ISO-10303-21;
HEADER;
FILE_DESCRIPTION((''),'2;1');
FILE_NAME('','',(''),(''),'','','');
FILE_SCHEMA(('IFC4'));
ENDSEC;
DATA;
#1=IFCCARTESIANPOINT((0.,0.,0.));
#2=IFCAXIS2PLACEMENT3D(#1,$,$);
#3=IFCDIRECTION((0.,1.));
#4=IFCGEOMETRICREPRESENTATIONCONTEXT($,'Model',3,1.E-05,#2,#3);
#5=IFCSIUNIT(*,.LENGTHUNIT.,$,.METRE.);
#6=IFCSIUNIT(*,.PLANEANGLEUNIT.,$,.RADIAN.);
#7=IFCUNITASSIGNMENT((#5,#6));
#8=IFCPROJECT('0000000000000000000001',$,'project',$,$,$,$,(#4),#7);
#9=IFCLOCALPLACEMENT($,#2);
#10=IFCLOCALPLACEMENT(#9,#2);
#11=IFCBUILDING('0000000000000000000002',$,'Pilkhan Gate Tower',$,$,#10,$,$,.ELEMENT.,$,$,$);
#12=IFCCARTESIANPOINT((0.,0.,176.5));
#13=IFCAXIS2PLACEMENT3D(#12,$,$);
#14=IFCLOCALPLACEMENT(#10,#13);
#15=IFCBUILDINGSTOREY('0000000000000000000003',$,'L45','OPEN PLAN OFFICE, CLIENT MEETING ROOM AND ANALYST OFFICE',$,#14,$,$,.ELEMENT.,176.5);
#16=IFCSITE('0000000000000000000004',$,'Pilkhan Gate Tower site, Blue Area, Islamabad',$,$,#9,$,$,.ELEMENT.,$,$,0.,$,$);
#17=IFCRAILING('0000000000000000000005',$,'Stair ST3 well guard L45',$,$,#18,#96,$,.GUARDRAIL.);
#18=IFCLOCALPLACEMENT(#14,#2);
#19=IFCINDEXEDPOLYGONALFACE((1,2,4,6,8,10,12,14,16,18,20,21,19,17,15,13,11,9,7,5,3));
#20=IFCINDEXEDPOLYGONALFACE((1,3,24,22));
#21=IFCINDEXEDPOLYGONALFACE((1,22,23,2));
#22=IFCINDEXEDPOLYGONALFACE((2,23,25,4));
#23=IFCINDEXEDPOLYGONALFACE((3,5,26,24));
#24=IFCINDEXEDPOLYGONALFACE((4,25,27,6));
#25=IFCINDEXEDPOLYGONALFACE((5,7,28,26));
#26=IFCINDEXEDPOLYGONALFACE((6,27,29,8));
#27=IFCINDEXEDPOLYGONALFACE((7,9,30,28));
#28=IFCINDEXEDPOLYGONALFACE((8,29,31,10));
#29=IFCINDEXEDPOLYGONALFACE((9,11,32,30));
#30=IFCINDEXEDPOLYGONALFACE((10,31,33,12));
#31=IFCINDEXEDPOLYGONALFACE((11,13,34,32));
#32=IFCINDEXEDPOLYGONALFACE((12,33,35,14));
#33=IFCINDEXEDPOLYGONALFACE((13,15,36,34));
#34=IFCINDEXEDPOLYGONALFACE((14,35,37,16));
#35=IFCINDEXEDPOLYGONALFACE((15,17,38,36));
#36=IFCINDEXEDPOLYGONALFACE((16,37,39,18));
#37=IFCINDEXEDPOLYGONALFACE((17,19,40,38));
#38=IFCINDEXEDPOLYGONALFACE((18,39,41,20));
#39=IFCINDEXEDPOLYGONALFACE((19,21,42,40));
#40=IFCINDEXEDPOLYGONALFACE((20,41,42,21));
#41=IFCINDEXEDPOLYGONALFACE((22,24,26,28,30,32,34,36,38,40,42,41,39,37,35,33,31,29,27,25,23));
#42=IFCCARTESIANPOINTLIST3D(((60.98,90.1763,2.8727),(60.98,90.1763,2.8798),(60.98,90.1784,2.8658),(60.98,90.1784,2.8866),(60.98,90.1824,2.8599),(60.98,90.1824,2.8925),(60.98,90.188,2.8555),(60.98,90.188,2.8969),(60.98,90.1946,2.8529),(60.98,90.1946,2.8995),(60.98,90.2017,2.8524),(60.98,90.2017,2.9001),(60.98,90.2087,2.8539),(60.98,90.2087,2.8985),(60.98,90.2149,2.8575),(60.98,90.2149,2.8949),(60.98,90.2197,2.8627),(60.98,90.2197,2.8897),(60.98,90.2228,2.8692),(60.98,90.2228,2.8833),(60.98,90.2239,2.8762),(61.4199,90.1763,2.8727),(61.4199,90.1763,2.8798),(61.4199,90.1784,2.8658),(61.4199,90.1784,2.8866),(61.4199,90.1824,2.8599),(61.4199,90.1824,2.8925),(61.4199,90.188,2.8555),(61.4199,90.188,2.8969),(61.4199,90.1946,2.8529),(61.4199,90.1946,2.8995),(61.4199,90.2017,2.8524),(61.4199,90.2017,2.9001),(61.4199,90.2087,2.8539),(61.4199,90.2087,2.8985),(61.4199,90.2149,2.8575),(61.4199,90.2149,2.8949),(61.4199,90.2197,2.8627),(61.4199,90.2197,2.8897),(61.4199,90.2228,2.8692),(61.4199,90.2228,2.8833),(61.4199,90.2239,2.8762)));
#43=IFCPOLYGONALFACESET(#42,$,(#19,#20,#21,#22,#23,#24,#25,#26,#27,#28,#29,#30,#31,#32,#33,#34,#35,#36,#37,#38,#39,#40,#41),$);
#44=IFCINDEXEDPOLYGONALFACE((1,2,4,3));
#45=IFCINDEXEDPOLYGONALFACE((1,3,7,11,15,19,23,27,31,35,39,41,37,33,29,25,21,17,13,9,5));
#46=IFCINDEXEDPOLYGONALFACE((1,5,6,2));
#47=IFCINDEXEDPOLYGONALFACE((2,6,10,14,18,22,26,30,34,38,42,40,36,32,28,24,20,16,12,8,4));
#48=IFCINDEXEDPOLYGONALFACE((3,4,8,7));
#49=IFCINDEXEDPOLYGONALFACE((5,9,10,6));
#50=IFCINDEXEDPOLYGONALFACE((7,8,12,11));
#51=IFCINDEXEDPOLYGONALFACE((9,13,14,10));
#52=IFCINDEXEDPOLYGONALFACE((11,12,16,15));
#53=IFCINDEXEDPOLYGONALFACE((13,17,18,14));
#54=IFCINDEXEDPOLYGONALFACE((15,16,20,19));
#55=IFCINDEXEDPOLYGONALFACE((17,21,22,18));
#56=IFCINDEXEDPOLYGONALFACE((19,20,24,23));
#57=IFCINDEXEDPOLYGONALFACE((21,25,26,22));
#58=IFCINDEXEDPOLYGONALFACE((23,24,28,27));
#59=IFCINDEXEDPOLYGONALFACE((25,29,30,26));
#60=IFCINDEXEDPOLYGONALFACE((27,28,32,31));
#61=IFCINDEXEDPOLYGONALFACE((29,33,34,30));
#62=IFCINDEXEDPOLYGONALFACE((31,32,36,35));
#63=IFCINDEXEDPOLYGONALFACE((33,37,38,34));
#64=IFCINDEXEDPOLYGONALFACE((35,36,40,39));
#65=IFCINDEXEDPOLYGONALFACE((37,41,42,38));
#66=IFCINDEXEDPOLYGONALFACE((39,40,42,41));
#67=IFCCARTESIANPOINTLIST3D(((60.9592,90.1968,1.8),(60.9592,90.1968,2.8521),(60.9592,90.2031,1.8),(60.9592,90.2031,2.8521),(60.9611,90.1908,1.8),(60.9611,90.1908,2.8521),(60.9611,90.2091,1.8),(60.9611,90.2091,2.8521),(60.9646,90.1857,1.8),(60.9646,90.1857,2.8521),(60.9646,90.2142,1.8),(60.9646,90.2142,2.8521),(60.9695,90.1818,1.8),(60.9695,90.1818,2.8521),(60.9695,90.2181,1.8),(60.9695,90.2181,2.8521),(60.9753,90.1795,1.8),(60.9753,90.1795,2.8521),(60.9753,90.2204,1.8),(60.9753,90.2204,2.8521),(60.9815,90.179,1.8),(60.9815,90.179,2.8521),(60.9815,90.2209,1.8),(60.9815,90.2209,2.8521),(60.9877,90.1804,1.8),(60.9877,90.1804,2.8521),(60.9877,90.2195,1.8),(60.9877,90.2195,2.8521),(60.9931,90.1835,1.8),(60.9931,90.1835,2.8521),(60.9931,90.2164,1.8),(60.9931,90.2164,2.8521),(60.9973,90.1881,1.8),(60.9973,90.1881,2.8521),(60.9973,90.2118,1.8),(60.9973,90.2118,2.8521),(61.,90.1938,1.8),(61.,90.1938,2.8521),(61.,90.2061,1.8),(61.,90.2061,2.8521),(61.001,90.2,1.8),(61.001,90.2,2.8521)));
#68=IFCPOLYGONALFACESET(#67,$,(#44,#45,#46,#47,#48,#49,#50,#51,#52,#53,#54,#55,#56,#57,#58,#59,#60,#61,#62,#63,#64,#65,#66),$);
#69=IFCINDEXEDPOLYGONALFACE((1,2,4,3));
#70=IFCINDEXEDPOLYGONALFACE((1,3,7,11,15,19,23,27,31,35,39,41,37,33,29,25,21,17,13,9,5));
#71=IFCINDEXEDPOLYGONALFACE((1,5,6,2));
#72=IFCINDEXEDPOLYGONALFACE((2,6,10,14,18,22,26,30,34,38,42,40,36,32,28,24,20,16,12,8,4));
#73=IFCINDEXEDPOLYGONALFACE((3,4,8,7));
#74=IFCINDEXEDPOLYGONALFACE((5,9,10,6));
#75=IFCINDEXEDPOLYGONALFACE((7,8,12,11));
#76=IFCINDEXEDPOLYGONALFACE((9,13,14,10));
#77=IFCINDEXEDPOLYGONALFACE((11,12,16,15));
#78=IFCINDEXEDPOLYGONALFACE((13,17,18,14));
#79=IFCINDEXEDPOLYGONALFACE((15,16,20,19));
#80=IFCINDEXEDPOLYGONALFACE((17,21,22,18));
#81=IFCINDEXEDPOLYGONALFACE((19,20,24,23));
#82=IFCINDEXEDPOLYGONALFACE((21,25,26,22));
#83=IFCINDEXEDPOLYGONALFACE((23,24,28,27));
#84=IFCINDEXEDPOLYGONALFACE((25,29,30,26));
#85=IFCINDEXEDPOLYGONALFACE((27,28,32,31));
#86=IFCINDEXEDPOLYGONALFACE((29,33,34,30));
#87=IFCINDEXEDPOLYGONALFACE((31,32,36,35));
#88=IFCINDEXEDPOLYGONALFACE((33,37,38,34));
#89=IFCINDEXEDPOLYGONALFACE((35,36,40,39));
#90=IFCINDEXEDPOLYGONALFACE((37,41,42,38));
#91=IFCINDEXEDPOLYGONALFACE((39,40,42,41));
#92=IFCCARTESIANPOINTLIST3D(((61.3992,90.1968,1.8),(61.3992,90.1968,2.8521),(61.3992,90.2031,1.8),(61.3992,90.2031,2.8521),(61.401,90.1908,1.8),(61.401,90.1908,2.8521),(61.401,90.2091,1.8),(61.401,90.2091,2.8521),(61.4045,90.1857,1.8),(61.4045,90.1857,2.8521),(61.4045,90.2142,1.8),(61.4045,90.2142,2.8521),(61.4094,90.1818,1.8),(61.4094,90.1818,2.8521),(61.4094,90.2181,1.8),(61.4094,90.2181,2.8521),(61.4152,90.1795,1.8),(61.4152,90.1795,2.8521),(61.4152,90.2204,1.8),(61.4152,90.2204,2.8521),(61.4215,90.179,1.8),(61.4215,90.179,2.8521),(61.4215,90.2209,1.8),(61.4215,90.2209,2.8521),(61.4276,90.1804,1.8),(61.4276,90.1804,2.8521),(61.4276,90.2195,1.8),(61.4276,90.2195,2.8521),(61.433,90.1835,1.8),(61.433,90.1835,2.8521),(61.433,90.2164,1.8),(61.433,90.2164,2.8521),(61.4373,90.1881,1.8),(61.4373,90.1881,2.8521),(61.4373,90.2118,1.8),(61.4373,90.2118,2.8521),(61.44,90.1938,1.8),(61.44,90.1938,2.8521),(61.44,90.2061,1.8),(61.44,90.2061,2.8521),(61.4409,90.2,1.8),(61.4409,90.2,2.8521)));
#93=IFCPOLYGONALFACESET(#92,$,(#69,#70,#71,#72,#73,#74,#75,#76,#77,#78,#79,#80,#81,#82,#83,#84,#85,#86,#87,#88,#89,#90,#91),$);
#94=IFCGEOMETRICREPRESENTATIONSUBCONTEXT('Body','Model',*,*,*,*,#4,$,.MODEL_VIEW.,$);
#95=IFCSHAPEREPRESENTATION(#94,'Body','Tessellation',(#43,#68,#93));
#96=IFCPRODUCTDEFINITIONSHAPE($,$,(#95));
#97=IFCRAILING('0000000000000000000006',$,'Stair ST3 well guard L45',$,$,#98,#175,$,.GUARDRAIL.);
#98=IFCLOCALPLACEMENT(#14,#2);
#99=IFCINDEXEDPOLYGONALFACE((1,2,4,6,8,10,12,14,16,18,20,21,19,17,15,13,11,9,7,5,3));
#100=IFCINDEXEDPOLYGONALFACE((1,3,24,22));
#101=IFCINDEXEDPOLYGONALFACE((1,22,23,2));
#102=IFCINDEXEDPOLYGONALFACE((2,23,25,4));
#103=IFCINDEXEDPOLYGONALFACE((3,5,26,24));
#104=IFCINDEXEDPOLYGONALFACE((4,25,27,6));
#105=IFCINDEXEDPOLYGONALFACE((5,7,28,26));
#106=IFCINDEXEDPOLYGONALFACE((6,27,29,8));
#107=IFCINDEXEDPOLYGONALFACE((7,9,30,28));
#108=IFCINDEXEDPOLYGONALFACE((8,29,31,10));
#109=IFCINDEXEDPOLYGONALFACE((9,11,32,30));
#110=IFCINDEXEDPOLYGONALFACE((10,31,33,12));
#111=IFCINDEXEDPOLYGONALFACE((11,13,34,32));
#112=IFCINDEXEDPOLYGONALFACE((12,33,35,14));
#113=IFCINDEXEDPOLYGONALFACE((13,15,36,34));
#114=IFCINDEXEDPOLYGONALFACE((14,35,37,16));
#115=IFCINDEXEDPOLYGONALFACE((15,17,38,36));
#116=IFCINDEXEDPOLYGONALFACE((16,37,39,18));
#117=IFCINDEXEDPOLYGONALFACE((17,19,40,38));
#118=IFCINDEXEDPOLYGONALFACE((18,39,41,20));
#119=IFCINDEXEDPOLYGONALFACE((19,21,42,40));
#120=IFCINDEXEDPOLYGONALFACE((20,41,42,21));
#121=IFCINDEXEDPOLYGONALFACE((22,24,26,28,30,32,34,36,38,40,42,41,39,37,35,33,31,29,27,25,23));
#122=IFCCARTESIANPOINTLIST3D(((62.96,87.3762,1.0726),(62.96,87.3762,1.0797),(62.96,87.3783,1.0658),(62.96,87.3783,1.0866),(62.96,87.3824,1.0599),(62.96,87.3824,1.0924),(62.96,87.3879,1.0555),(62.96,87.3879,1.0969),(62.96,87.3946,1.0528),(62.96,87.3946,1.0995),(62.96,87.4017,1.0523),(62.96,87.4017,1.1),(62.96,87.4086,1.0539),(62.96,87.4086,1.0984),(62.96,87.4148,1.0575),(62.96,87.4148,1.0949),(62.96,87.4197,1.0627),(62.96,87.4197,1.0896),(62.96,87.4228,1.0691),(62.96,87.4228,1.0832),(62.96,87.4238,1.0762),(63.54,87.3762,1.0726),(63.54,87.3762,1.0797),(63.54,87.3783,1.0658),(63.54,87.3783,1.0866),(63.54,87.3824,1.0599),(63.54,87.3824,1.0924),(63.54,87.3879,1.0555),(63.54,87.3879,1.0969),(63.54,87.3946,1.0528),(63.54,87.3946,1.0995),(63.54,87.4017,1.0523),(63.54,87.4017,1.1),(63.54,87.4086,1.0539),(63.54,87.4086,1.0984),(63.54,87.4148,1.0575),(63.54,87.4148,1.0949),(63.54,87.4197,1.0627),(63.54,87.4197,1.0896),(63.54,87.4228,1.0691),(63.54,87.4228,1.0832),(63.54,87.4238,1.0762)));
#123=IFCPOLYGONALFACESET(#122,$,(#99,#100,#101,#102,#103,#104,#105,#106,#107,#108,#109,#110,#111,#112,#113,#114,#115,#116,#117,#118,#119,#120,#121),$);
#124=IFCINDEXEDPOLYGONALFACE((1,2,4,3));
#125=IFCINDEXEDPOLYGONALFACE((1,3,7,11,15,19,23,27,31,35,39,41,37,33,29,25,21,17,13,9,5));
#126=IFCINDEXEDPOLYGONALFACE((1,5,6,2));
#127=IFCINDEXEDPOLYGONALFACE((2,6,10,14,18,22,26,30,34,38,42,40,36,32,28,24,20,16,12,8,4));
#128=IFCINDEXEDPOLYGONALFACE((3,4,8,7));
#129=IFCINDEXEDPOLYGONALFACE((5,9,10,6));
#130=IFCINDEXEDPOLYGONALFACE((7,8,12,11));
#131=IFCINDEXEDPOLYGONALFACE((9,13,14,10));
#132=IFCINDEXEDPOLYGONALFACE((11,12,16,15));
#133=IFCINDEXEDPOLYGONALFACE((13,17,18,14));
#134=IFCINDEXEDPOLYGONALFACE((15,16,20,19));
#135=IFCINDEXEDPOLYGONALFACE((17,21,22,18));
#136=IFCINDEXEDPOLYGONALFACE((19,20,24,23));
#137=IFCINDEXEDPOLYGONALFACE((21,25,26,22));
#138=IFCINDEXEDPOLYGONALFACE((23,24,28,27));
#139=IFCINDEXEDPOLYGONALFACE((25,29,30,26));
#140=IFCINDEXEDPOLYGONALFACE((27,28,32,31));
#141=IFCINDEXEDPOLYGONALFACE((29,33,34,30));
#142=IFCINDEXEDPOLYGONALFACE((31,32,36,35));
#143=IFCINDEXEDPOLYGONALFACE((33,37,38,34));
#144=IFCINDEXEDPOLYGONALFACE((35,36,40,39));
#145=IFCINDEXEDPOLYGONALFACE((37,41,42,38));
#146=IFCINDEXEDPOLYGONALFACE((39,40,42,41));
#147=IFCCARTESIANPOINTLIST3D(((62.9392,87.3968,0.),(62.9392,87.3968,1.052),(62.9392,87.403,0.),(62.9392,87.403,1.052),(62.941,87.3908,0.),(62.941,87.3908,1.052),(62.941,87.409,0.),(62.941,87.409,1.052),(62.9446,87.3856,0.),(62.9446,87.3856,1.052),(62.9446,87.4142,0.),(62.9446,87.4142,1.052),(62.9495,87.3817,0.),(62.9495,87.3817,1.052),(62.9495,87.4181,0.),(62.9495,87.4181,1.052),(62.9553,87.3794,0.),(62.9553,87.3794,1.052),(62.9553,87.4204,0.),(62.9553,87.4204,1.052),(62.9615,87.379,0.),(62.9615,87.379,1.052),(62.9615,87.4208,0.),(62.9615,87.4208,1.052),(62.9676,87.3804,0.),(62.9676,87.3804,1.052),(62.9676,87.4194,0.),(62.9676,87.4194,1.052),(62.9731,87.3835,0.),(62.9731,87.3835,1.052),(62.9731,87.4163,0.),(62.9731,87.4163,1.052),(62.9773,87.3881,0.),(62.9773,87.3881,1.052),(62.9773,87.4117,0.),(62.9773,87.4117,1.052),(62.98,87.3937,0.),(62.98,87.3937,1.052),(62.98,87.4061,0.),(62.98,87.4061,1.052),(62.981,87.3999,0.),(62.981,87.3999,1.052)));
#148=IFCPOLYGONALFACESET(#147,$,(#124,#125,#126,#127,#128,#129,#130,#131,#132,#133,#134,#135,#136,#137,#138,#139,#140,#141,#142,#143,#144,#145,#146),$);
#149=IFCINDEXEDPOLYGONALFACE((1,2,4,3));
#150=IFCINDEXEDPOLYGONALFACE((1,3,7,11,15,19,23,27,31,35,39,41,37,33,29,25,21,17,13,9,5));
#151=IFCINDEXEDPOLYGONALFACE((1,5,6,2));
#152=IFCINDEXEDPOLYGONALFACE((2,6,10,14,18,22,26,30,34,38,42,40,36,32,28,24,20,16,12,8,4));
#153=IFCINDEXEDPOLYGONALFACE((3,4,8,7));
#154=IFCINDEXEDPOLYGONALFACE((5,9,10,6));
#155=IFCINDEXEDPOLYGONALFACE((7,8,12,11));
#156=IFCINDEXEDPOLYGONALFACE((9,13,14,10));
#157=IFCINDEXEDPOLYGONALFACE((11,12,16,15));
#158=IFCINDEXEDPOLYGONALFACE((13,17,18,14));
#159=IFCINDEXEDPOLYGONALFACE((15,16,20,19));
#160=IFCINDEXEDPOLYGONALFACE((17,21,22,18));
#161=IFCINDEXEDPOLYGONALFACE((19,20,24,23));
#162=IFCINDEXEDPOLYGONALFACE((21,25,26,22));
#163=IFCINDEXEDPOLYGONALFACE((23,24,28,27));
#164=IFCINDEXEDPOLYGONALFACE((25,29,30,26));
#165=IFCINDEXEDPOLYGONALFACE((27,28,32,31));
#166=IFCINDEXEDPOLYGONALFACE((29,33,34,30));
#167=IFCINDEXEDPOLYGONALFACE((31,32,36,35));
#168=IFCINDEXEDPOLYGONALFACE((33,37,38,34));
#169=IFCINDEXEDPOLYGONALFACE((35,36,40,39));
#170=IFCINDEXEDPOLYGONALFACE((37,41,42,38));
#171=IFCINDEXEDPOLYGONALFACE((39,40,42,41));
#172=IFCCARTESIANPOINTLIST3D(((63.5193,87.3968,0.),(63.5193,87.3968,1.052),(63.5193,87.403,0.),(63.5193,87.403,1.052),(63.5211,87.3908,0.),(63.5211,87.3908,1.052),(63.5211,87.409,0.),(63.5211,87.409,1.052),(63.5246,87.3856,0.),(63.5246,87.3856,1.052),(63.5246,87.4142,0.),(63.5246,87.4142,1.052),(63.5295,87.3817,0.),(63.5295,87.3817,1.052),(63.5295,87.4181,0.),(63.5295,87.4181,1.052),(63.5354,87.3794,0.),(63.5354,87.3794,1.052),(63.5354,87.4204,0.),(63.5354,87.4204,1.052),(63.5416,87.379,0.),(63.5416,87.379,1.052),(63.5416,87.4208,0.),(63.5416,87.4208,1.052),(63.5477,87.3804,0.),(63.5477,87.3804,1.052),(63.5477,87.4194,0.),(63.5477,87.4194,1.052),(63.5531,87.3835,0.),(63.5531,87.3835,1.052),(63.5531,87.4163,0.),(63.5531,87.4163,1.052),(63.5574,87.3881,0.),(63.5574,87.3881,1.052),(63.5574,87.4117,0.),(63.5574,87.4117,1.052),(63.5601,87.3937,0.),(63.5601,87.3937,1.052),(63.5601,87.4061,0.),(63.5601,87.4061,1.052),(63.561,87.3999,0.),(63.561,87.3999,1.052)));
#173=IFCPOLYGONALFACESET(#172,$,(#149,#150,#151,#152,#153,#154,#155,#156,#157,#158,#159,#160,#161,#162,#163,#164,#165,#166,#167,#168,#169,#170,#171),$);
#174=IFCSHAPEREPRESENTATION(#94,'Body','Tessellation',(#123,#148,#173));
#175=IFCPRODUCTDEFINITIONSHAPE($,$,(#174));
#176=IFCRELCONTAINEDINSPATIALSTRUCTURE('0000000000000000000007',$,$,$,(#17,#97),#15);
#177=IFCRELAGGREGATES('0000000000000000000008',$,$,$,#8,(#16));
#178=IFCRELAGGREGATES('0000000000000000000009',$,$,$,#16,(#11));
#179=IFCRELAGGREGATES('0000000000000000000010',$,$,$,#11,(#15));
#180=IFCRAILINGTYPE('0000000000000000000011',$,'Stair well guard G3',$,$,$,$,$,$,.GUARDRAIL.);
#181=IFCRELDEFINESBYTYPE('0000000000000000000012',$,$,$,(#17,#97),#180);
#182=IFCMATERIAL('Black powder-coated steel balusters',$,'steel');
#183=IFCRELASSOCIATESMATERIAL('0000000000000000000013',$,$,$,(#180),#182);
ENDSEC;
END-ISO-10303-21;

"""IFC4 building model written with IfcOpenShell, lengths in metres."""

from ifc_helpers import new_model, si_unit, direction, frame, origin, origin_2d, place, context, subcontext, project, spatial, circle, extrude, material, type_object, element, save


model = new_model("IFC4")

# Units and contexts
model_context = context("Model", 3, precision=1e-05, world=origin(), true_north=direction((0.0, 1.0)))
body_context = subcontext(model_context, "Body", "Model", "MODEL_VIEW")
ifc_project = project(units=[si_unit("LENGTHUNIT", "METRE"), si_unit("PLANEANGLEUNIT", "RADIAN")], contexts=[model_context])

# Site, building, storey
site_placement = place(None, origin())
site = spatial("IfcSite", under=ifc_project, at=site_placement, Name="Pilkhan Gate Tower site, Blue Area, Islamabad", CompositionType="ELEMENT", RefElevation=0.0)
building_placement = place(site_placement, origin())
building = spatial("IfcBuilding", under=site, at=building_placement, Name="Pilkhan Gate Tower", CompositionType="ELEMENT")
storey_placement = place(building_placement, frame((0.0, 0.0, 176.5)))
storey = spatial("IfcBuildingStorey", under=building, at=storey_placement, Name="L45", Description="OPEN PLAN OFFICE, CLIENT MEETING ROOM AND ANALYST OFFICE", CompositionType="ELEMENT", Elevation=176.5)

# Railings
ifc_material_1 = material(Name="Black powder-coated steel balusters", Category="steel")
railing_type_1 = type_object("IfcRailingType", Name="Stair well guard G3", PredefinedType="GUARDRAIL", material=ifc_material_1)
railing_1_placement = place(storey_placement, frame((60.98, 90.2, 1.8)))
element("IfcRailing", 1, at=railing_1_placement, inside=storey, type_object=railing_type_1, Name="Stair ST3 well guard L45", PredefinedType="GUARDRAIL", context=body_context, shape_type="SweptSolid", body=[
    extrude(circle(Radius=0.0239, at=origin_2d()), frame((0.0, 0.0, 1.0762), z_axis=(1.0, 0.0, 0.0), x_axis=(0.0, 1.0, 0.0)), (0.0, 0.0, 1.0), 0.4399),
    extrude(circle(Radius=0.021, at=origin_2d()), origin(), (0.0, 0.0, 1.0), 1.052),
    extrude(circle(Radius=0.021, at=origin_2d()), frame((0.4399, 0.0, 0.0)), (0.0, 0.0, 1.0), 1.052),
])
for number, where, name in (
    (2, (62.96, 87.3999, 0.0), "Stair ST3 well guard L45"),
):
    element("IfcRailing", number, at=place(storey_placement, frame(where)), inside=storey, type_object=railing_type_1, Name=name, PredefinedType="GUARDRAIL", context=body_context, shape_type="SweptSolid", body=[
        extrude(circle(Radius=0.0239, at=origin_2d()), frame((0.0, 0.0, 1.0762), z_axis=(1.0, 0.0, 0.0), x_axis=(0.0, 1.0, 0.0)), (0.0, 0.0, 1.0), 0.5801),
        extrude(circle(Radius=0.021, at=origin_2d()), origin(), (0.0, 0.0, 1.0), 1.052),
        extrude(circle(Radius=0.021, at=origin_2d()), frame((0.5801, 0.0, 0.0)), (0.0, 0.0, 1.0), 1.052),
    ])

save(model, "model.ifc")
